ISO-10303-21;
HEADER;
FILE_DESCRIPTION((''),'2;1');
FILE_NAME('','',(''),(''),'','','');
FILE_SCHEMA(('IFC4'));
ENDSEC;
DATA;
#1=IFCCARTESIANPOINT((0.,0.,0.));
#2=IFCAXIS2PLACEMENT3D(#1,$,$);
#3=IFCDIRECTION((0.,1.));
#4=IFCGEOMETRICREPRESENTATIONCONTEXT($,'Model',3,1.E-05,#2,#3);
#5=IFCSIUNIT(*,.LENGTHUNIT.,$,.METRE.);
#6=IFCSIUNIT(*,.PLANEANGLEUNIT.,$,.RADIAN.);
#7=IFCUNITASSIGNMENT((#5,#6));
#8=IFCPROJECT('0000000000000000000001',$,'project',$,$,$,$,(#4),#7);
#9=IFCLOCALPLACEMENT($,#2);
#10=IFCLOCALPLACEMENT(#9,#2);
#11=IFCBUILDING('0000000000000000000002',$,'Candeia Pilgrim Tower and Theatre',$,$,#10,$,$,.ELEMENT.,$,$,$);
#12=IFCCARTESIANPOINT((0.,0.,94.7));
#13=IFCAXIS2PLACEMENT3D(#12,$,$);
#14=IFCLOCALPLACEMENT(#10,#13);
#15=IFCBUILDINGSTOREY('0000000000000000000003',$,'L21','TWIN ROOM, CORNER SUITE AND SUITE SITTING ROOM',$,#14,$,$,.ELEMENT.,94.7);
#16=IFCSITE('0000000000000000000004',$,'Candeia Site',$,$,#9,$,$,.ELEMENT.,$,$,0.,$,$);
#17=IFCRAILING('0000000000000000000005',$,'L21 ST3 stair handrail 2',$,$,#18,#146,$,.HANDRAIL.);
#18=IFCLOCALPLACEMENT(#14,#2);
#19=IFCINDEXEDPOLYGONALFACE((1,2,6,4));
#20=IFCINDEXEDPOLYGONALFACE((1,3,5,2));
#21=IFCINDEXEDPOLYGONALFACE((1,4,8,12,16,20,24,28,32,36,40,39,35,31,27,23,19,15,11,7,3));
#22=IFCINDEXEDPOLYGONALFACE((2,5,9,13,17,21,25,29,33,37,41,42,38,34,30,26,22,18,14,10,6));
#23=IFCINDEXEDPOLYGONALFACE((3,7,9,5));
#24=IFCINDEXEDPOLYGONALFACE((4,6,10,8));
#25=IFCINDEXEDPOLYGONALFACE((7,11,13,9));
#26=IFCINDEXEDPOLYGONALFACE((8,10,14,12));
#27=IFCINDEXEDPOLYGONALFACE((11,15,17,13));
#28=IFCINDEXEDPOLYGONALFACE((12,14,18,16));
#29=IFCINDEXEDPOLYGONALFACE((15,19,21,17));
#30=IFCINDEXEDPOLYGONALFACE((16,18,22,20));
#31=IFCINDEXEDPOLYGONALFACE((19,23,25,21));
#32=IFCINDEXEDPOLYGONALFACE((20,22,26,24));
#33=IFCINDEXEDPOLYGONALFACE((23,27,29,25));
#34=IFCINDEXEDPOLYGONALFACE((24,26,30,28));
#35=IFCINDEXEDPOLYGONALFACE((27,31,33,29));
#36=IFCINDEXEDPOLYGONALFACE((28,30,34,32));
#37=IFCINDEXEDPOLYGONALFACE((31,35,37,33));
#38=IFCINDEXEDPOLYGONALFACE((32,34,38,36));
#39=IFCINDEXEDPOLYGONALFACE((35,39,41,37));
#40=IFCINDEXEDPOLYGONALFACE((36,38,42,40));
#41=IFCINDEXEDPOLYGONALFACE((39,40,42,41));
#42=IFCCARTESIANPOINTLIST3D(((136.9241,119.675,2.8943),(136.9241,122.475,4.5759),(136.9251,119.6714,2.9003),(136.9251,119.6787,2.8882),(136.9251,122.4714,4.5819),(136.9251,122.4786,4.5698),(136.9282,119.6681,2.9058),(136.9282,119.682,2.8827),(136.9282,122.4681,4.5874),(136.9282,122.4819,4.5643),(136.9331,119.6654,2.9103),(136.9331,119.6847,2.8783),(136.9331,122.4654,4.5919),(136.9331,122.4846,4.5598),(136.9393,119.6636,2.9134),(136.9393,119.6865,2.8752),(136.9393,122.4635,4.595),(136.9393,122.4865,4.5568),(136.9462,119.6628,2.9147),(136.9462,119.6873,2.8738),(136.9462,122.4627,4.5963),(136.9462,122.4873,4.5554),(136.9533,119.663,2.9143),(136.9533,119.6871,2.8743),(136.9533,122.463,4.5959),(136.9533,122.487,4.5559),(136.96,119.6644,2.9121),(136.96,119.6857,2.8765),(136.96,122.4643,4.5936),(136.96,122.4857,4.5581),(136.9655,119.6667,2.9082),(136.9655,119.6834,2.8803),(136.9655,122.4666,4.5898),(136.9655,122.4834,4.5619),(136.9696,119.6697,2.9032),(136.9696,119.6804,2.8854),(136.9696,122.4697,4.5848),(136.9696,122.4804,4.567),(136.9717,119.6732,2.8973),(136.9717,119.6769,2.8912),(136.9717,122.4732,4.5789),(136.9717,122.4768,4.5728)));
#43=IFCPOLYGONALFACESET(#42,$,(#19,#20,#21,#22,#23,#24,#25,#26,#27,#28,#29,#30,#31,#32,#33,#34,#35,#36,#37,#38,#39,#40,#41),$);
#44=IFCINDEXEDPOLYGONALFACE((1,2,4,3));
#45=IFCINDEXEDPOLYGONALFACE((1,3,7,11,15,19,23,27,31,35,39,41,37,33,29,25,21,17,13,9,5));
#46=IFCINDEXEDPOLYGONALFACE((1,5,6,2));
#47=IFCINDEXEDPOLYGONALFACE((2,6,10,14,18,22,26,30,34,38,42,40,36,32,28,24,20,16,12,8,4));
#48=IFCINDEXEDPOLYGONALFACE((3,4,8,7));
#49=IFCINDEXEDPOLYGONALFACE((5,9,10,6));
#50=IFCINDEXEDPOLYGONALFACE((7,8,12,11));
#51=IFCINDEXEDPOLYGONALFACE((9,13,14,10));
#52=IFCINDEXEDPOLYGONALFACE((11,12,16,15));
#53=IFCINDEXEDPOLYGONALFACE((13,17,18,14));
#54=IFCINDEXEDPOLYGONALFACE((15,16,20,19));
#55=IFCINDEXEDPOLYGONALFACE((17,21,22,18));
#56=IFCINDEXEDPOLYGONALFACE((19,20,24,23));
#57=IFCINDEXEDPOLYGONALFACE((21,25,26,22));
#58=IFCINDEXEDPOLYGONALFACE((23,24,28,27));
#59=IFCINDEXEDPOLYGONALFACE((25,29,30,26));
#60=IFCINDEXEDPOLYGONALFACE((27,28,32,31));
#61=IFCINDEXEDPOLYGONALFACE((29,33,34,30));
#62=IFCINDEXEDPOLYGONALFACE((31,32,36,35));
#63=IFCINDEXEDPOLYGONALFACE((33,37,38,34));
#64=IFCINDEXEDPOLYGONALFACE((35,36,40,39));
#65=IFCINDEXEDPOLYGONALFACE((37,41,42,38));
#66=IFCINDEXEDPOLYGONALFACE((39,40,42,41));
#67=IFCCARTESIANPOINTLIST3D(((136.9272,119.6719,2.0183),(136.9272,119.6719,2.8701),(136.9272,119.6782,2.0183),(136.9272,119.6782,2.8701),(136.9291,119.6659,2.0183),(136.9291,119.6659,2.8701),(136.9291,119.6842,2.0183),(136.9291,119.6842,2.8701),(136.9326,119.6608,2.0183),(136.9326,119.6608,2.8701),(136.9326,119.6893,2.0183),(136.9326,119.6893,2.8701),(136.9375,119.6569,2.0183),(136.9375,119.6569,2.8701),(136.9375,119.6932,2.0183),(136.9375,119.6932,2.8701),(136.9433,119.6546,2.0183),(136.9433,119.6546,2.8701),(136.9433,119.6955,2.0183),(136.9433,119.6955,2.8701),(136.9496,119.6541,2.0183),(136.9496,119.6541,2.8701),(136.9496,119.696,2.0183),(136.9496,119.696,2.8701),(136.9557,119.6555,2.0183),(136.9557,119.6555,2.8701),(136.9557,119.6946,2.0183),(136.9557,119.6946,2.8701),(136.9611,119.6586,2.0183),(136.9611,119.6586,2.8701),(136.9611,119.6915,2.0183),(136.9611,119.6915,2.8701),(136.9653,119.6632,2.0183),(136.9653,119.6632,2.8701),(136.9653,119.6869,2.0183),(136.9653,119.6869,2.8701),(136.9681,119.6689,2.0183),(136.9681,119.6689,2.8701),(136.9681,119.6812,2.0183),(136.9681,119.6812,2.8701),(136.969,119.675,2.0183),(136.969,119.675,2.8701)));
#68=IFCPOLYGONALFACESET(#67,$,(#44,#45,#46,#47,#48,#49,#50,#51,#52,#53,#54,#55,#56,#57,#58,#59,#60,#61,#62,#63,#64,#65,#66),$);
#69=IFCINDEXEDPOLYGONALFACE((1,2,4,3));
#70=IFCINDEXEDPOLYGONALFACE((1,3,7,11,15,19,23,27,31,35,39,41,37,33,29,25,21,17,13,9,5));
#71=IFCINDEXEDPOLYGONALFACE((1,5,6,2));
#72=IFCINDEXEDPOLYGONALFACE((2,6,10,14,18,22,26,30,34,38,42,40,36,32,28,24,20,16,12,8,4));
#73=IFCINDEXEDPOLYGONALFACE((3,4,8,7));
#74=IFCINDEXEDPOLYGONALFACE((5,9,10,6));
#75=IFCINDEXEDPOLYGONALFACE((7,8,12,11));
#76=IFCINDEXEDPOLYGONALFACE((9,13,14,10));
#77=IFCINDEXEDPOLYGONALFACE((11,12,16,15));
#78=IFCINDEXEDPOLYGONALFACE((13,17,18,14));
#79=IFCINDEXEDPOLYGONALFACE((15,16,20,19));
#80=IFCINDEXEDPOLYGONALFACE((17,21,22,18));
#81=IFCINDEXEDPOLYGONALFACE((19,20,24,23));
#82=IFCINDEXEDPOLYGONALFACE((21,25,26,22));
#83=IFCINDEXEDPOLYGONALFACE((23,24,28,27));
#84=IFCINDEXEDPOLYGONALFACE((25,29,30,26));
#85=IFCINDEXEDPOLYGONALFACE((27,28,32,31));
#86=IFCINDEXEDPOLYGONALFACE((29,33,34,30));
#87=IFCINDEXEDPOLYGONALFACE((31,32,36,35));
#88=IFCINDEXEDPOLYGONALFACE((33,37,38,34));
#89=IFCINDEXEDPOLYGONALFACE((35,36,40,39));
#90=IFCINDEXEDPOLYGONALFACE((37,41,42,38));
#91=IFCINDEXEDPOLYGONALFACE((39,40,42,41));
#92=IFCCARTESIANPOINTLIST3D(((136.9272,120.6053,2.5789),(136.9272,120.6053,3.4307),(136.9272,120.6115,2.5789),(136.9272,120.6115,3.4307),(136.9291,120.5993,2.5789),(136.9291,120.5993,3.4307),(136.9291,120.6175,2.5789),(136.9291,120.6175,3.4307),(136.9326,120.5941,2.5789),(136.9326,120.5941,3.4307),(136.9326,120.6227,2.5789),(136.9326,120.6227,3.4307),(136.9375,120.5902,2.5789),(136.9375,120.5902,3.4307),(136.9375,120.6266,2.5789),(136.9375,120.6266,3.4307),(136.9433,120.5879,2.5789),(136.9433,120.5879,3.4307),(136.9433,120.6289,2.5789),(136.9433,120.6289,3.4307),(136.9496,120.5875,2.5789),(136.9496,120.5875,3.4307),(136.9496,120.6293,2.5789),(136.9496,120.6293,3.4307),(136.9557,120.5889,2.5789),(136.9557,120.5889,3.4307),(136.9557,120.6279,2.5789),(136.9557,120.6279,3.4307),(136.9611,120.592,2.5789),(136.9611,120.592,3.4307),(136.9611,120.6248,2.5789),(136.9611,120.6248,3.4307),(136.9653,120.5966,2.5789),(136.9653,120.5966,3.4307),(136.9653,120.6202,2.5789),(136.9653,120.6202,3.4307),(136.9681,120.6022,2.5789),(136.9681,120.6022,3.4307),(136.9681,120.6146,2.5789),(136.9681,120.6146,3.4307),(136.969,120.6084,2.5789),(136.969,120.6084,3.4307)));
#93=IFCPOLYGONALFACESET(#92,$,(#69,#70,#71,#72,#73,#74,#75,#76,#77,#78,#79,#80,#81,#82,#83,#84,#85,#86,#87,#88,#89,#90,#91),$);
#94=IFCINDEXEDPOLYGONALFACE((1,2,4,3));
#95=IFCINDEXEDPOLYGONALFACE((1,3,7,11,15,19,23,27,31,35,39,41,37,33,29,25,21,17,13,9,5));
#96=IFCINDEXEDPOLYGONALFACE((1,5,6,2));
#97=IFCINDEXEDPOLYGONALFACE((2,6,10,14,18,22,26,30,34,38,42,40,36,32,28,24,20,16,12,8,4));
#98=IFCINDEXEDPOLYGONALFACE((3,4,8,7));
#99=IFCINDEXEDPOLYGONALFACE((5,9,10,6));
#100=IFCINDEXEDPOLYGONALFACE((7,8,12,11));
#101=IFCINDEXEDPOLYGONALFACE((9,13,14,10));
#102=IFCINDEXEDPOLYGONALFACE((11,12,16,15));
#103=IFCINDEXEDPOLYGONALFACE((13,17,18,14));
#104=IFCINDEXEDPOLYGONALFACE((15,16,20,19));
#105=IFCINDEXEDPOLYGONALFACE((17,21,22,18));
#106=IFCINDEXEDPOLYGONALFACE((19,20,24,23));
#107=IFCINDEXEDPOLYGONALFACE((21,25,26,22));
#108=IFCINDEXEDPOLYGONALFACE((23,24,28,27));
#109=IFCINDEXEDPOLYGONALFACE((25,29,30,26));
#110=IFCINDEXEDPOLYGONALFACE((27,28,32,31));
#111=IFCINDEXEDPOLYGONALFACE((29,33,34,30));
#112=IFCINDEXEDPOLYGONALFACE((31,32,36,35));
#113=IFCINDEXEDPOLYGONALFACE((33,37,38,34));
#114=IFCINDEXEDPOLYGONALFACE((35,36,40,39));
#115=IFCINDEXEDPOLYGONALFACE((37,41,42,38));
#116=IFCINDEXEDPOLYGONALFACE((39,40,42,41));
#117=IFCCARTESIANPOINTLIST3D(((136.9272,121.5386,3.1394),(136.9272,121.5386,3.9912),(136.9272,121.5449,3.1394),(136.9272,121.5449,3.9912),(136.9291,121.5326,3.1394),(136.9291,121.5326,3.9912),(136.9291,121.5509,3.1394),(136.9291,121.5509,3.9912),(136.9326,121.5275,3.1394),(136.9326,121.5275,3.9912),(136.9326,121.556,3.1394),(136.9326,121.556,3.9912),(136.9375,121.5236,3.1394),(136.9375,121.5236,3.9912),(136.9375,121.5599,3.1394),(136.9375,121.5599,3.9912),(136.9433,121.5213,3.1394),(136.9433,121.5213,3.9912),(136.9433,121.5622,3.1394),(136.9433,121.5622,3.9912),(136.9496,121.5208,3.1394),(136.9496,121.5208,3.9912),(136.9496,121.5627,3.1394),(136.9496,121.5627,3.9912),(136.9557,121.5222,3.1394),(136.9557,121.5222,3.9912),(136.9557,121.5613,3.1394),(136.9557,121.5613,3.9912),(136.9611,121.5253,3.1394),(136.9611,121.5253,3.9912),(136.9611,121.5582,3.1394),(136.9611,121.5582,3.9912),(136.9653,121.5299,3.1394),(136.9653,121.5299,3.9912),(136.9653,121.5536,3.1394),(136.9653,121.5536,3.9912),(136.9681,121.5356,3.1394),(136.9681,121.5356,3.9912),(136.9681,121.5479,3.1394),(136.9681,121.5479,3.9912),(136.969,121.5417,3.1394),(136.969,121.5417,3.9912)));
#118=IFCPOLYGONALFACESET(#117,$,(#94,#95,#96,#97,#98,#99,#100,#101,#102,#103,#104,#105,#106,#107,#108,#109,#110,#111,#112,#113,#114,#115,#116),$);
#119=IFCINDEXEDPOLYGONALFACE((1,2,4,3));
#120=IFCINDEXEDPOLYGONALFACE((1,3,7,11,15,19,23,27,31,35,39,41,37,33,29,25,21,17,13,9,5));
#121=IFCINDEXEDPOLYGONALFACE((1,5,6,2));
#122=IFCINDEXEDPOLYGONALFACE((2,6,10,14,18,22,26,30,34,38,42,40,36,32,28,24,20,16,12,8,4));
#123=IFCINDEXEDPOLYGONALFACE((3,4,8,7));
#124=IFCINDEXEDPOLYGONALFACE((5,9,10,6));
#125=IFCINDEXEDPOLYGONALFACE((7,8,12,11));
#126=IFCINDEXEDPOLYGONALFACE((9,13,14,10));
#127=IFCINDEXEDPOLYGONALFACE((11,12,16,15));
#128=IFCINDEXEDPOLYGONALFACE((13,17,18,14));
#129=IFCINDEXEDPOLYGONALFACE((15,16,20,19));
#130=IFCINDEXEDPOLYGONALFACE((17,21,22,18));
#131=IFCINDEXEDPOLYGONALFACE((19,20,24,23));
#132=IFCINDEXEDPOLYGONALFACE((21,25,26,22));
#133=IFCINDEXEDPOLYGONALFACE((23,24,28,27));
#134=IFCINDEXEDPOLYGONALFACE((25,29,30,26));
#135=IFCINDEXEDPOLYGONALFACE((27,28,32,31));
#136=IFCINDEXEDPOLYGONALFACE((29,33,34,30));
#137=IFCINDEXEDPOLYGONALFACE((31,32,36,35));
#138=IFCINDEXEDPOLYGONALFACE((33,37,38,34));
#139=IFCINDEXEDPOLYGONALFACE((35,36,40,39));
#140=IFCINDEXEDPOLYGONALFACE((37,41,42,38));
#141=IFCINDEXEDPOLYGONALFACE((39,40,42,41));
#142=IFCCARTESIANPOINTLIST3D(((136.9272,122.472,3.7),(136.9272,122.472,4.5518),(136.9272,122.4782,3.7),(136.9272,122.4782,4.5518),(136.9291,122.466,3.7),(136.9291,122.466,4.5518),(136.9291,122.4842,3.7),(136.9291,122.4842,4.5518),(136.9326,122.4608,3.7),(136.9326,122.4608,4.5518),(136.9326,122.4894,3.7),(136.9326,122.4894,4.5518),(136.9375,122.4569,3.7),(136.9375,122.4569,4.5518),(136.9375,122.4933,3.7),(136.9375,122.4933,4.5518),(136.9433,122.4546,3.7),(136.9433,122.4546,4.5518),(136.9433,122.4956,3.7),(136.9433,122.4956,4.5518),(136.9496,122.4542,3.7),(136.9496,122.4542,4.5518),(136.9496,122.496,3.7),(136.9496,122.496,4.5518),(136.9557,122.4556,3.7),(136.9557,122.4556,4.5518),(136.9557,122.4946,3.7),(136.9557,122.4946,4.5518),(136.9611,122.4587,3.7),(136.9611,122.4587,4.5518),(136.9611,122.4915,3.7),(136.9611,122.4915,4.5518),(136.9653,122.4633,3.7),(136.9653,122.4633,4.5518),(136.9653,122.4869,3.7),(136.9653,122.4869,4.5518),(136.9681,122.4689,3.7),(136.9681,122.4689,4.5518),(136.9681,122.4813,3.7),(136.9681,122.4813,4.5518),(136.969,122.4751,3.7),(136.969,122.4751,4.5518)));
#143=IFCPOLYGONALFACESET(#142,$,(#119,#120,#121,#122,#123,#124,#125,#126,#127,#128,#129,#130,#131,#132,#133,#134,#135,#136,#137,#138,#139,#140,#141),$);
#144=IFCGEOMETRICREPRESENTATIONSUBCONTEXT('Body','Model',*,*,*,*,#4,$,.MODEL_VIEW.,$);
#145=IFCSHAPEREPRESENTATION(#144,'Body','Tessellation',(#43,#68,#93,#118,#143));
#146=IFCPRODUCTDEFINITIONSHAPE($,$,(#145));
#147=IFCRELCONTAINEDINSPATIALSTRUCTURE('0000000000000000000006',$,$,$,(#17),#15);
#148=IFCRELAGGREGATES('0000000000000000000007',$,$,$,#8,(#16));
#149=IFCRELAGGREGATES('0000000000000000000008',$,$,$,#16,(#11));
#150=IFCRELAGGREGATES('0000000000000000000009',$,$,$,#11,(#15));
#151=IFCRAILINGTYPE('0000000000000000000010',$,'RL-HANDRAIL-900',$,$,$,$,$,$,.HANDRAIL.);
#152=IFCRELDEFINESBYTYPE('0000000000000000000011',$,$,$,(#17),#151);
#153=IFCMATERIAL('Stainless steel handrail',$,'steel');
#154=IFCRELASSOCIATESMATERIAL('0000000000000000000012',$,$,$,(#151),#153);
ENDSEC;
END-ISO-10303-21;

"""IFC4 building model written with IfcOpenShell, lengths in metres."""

from ifc_helpers import new_model, si_unit, direction, frame, origin, origin_2d, place, context, subcontext, project, spatial, circle, extrude, material, type_object, element, save


model = new_model("IFC4")

# Units and contexts
model_context = context("Model", 3, precision=1e-05, world=origin(), true_north=direction((0.0, 1.0)))
body_context = subcontext(model_context, "Body", "Model", "MODEL_VIEW")
ifc_project = project(units=[si_unit("LENGTHUNIT", "METRE"), si_unit("PLANEANGLEUNIT", "RADIAN")], contexts=[model_context])

# Site, building, storey
site_placement = place(None, origin())
site = spatial("IfcSite", under=ifc_project, at=site_placement, Name="Candeia Site", CompositionType="ELEMENT", RefElevation=0.0)
building_placement = place(site_placement, origin())
building = spatial("IfcBuilding", under=site, at=building_placement, Name="Candeia Pilgrim Tower and Theatre", CompositionType="ELEMENT")
storey_placement = place(building_placement, frame((0.0, 0.0, 94.7)))
storey = spatial("IfcBuildingStorey", under=building, at=storey_placement, Name="L21", Description="TWIN ROOM, CORNER SUITE AND SUITE SITTING ROOM", CompositionType="ELEMENT", Elevation=94.7)

# Railing
ifc_material_1 = material(Name="Stainless steel handrail", Category="steel")
railing_type_1 = type_object("IfcRailingType", Name="RL-HANDRAIL-900", PredefinedType="HANDRAIL", material=ifc_material_1)
railing_1_placement = place(storey_placement, frame((136.948, 119.675, 2.0183)))
element("IfcRailing", 1, at=railing_1_placement, inside=storey, type_object=railing_type_1, Name="L21 ST3 stair handrail 2", PredefinedType="HANDRAIL", context=body_context, shape_type="SweptSolid", body=[
    extrude(circle(Radius=0.0239, at=origin_2d()), frame((0.0, 0.0, 0.876), z_axis=(0.0, 0.857275, 0.514858), x_axis=(-1.0, 0.0, 0.0)), (0.0, 0.0, 1.0), 3.2661),
    extrude(circle(Radius=0.021, at=origin_2d()), origin(), (0.0, 0.0, 1.0), 0.8518),
    extrude(circle(Radius=0.021, at=origin_2d()), frame((0.0, 0.9333, 0.5605)), (0.0, 0.0, 1.0), 0.8518),
    extrude(circle(Radius=0.021, at=origin_2d()), frame((0.0, 1.8667, 1.1211)), (0.0, 0.0, 1.0), 0.8518),
    extrude(circle(Radius=0.021, at=origin_2d()), frame((0.0, 2.8, 1.6816)), (0.0, 0.0, 1.0), 0.8518),
])

save(model, "model.ifc")
